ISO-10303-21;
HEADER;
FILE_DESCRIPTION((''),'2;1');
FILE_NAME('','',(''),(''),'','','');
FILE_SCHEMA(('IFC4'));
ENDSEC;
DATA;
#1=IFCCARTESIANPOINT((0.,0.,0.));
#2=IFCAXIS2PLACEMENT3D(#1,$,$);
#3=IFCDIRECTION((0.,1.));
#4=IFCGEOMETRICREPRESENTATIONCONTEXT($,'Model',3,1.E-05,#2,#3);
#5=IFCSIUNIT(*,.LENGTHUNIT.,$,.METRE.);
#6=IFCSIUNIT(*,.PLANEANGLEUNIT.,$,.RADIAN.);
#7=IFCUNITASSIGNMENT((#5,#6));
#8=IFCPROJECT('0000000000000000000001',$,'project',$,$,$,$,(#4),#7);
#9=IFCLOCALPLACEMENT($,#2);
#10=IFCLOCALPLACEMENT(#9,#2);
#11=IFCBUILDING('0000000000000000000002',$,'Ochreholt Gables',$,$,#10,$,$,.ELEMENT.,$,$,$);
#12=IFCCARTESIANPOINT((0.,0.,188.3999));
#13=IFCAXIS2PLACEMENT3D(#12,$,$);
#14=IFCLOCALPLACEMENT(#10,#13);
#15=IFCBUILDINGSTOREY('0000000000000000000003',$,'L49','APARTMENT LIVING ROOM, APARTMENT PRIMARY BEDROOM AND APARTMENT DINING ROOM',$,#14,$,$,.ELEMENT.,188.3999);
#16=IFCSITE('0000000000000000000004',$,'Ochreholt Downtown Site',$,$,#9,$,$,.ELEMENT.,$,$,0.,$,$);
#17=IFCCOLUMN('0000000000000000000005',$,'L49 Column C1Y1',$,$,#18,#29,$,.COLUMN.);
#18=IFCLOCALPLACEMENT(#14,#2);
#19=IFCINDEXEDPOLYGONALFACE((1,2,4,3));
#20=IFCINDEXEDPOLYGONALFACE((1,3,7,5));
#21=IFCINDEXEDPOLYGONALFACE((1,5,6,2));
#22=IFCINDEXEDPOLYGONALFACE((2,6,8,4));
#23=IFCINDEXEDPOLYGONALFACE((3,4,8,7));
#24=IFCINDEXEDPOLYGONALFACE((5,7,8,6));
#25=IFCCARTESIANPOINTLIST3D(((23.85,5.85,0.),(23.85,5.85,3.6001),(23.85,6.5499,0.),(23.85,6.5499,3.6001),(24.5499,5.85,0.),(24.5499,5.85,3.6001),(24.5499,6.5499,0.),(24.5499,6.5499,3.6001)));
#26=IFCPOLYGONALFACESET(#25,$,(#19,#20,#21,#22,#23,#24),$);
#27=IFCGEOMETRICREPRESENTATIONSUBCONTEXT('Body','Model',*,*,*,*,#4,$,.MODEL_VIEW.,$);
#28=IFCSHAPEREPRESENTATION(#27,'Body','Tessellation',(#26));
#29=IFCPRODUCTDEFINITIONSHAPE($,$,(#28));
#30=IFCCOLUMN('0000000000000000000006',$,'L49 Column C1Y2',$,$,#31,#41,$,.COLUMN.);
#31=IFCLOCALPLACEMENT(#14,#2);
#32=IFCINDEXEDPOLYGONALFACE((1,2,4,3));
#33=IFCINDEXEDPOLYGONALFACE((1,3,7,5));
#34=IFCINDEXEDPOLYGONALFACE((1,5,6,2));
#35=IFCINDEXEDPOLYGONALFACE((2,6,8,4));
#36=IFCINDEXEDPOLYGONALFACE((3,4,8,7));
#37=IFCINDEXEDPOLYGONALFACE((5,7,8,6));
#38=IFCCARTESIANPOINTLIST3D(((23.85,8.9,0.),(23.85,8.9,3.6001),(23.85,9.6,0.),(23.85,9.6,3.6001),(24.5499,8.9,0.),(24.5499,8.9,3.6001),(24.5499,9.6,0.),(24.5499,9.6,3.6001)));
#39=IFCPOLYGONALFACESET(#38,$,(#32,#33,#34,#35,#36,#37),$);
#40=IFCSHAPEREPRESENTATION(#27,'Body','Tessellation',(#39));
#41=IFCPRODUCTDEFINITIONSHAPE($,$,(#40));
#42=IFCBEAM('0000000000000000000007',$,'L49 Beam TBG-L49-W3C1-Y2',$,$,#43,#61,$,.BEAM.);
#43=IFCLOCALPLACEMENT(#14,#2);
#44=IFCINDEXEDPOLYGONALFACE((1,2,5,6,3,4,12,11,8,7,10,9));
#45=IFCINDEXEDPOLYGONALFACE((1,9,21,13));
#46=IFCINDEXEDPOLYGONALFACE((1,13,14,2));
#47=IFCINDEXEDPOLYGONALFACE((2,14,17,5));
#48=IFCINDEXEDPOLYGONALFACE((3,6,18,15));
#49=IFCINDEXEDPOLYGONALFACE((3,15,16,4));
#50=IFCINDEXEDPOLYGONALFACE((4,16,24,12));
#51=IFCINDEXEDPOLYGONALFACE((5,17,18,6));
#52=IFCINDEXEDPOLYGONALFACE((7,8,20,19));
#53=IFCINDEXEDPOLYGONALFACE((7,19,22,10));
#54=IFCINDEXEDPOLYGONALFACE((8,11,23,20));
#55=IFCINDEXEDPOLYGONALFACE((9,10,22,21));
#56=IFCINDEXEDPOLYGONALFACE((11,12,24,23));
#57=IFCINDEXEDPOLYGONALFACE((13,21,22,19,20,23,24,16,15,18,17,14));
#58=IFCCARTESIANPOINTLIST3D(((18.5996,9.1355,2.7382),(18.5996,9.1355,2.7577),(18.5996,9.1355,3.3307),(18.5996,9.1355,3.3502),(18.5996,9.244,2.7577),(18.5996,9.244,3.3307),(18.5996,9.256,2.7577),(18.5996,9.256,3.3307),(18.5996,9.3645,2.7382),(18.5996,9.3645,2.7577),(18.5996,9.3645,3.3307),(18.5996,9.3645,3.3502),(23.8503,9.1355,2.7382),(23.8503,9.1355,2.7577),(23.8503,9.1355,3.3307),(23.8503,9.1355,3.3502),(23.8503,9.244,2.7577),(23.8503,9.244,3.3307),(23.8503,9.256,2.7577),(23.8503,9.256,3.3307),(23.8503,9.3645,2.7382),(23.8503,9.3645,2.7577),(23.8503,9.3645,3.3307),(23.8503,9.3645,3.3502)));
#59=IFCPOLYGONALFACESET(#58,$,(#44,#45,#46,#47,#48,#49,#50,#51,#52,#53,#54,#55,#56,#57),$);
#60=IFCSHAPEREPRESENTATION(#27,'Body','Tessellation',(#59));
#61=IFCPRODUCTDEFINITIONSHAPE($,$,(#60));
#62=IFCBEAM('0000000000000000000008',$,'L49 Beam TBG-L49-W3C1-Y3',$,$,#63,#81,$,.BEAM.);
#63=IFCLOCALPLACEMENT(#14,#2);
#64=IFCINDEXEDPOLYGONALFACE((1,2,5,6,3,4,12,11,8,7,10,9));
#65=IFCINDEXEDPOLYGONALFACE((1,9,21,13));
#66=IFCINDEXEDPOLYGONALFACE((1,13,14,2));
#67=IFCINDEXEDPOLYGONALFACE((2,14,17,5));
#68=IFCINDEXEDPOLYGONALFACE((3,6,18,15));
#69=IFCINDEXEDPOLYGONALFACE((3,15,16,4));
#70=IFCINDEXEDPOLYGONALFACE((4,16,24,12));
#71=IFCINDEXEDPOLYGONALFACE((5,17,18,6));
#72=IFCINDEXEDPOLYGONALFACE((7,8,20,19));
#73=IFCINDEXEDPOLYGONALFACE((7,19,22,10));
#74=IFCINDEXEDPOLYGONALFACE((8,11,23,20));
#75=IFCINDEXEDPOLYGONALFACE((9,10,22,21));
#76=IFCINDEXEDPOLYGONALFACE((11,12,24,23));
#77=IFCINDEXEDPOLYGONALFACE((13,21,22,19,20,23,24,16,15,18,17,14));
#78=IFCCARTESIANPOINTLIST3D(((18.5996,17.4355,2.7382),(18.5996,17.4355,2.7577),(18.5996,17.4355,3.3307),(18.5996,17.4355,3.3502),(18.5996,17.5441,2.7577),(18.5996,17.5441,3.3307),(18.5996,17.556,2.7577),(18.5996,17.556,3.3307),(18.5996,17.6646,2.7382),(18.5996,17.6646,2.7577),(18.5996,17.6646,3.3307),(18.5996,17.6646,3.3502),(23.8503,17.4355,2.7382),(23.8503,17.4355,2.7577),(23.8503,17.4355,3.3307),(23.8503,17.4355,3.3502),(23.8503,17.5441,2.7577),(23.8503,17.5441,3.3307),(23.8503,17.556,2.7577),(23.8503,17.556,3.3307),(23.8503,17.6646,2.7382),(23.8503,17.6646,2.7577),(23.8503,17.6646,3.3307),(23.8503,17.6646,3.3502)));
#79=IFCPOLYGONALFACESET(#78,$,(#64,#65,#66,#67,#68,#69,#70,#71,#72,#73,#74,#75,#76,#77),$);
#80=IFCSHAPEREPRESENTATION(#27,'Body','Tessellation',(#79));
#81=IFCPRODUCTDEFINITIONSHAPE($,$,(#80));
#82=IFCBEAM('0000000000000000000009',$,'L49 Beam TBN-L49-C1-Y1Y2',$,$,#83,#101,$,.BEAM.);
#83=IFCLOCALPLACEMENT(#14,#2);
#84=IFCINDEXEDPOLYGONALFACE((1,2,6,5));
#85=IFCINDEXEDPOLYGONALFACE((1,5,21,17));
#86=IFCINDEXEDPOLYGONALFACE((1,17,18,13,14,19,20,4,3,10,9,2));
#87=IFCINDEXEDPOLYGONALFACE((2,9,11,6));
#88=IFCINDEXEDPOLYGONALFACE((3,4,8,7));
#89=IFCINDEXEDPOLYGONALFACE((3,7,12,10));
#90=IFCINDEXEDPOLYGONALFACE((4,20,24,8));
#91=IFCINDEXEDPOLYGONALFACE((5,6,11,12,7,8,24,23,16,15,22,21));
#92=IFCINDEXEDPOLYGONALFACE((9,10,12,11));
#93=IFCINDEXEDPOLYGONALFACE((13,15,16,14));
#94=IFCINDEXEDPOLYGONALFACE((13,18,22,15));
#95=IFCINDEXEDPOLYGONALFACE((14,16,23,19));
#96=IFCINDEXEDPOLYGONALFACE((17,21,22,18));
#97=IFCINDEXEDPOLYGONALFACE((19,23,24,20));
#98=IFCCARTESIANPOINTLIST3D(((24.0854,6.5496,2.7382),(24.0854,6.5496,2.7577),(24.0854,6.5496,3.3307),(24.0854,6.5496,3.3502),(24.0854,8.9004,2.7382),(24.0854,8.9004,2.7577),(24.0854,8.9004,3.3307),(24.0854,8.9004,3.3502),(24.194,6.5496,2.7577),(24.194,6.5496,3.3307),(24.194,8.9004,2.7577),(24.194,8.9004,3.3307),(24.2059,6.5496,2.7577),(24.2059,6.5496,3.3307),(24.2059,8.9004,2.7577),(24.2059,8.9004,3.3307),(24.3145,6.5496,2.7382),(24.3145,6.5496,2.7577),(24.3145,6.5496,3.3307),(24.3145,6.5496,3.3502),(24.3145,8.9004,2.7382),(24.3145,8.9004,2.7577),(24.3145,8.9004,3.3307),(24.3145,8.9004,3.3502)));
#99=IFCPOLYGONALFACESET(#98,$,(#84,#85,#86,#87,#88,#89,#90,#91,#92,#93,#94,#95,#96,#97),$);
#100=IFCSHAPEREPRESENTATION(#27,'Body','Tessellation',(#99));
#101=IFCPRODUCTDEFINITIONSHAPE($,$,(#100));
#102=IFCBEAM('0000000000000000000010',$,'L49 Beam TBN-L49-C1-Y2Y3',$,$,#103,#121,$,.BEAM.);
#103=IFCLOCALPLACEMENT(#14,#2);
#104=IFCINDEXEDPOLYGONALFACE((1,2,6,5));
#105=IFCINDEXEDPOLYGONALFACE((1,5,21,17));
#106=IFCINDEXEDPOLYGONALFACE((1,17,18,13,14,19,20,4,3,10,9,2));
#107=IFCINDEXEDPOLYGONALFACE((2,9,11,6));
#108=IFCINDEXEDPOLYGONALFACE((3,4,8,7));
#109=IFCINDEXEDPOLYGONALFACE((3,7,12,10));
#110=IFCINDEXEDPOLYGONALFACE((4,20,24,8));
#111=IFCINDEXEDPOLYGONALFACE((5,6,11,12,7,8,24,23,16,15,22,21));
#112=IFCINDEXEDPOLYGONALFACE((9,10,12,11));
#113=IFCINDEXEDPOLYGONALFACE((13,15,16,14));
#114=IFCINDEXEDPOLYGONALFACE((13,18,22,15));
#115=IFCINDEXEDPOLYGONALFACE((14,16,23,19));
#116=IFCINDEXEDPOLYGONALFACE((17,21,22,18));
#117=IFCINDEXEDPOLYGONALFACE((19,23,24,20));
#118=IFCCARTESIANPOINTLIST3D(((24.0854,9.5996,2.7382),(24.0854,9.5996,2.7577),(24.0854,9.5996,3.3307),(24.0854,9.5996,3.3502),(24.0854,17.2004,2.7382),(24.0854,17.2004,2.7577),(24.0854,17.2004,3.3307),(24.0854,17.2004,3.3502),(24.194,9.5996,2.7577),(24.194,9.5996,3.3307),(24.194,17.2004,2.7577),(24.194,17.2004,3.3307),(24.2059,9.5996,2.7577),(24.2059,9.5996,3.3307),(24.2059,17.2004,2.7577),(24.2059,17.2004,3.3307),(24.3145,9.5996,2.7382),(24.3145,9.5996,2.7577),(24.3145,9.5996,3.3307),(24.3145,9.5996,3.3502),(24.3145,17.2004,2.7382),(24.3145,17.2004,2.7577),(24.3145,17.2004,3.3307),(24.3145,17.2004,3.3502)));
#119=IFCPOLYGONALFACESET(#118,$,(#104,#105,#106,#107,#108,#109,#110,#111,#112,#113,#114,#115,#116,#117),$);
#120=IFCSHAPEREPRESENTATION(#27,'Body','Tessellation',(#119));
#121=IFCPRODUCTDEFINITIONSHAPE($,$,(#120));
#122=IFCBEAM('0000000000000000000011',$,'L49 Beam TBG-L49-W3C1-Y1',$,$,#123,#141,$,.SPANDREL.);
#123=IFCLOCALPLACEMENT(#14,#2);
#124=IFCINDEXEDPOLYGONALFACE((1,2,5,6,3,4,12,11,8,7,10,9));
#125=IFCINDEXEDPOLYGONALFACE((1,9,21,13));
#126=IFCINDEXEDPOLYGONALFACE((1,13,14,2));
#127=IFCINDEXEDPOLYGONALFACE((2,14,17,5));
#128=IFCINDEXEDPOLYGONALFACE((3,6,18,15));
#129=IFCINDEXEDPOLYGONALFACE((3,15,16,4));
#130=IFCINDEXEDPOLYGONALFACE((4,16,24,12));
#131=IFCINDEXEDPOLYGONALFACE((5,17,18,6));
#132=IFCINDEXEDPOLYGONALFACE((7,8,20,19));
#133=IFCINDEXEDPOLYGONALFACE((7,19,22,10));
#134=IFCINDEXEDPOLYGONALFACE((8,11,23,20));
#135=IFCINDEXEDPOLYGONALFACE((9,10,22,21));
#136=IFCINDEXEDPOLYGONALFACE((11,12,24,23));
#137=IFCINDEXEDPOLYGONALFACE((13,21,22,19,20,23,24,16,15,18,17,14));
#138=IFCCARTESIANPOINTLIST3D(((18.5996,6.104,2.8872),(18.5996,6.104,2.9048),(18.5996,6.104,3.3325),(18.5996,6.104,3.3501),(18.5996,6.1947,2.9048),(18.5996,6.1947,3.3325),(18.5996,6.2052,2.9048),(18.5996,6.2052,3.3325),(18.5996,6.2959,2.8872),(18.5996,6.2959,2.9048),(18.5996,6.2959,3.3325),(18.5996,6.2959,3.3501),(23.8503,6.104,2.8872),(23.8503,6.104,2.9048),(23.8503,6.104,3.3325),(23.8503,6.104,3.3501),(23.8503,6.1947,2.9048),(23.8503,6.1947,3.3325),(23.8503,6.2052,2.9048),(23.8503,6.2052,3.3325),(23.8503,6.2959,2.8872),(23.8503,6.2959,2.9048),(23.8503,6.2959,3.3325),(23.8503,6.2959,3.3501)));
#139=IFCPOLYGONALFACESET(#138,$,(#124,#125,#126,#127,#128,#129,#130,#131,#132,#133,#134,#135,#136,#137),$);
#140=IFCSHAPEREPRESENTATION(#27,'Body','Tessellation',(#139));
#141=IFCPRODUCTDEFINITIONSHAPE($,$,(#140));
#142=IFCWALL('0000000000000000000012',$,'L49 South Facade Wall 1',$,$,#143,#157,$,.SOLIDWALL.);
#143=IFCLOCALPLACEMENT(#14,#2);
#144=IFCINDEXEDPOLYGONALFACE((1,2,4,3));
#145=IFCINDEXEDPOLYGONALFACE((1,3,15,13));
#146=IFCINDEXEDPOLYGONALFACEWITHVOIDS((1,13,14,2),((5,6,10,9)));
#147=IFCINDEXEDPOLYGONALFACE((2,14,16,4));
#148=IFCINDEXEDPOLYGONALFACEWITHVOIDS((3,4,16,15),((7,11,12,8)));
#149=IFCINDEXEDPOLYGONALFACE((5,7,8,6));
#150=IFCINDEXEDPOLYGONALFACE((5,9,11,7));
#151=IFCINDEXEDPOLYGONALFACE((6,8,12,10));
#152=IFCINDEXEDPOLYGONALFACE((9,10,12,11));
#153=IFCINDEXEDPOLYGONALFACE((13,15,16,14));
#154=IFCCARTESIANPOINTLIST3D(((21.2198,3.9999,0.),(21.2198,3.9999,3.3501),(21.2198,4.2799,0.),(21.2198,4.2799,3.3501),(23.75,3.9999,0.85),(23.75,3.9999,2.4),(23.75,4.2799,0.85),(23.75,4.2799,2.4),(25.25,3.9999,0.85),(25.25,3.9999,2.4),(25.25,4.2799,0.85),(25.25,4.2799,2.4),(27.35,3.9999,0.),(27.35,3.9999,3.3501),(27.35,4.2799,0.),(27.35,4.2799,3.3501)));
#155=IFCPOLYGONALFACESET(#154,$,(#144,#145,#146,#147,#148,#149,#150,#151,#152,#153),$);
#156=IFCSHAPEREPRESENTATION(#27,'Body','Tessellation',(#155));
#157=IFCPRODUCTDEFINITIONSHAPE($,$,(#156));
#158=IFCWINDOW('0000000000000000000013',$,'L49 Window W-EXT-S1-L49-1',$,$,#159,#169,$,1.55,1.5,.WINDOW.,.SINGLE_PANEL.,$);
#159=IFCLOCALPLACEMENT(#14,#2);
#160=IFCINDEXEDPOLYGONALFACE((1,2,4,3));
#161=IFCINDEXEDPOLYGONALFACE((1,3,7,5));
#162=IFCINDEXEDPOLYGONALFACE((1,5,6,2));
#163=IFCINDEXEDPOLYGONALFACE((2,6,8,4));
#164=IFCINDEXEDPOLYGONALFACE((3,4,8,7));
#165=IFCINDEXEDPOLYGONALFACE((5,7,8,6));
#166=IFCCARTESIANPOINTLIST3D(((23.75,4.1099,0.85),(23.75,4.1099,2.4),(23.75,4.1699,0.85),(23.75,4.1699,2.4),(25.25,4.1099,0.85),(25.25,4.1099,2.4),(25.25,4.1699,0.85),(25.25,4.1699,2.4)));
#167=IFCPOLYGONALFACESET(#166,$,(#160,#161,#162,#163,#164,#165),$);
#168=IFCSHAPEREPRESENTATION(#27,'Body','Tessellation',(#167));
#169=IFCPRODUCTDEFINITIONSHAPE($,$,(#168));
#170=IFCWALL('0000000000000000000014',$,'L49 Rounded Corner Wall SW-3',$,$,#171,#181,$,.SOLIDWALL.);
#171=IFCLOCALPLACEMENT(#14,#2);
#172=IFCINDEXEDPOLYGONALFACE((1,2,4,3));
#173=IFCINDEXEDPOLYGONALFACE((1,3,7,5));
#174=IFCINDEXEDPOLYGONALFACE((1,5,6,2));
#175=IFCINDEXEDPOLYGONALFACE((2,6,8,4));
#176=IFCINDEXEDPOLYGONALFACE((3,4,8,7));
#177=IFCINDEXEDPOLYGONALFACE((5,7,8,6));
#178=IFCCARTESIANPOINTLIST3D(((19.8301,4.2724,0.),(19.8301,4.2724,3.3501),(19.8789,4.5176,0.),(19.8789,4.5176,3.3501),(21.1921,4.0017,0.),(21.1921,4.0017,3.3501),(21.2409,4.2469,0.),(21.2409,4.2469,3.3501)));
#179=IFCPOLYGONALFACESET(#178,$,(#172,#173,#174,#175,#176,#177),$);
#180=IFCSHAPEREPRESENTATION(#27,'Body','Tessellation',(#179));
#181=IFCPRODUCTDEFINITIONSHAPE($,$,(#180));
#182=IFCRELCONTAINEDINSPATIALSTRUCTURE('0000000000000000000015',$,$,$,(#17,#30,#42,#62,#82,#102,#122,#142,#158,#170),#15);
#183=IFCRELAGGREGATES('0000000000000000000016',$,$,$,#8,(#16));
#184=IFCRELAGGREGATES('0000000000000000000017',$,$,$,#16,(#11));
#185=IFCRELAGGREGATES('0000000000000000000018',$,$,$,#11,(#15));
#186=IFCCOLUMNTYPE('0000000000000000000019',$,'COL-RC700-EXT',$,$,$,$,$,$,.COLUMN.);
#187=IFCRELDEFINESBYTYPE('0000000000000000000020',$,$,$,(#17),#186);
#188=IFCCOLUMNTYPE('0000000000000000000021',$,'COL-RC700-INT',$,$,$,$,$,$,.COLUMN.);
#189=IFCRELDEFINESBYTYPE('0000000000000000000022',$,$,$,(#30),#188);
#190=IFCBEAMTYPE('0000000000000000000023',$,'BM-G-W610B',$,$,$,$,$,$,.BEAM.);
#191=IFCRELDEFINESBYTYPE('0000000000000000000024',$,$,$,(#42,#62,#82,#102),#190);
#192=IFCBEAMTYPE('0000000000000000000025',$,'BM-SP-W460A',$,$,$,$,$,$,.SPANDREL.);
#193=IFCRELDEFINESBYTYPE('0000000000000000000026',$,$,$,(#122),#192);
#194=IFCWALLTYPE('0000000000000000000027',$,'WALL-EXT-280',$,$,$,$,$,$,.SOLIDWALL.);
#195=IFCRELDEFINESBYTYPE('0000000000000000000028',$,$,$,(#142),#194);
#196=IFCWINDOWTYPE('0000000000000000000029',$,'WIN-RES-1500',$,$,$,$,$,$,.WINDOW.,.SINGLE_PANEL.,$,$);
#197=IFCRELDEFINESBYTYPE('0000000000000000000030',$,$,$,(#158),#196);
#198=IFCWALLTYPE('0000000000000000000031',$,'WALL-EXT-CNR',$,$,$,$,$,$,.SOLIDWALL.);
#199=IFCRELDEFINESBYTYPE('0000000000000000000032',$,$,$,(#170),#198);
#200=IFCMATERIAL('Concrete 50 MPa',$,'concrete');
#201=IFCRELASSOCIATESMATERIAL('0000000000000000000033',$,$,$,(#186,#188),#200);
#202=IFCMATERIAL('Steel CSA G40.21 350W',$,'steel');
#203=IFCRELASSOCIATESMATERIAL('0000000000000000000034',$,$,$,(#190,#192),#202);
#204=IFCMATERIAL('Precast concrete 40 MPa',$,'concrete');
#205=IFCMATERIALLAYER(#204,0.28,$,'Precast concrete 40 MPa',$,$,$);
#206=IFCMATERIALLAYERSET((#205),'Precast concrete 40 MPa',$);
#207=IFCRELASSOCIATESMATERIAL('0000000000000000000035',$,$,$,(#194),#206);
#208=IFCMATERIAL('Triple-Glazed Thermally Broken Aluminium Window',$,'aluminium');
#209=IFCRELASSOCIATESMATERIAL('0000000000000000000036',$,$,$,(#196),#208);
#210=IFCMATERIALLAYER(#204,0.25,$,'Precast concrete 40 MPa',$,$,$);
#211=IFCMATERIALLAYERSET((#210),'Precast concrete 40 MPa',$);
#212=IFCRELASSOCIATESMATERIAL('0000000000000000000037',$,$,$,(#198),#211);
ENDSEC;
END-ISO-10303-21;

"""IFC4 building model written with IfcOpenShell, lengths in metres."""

from ifc_helpers import new_model, si_unit, direction, frame, frame_2d, origin, origin_2d, place, context, subcontext, project, spatial, rectangle, i_section, extrude, material, layer, layer_set, material_profile, profile_set, type_object, element, fill, save


model = new_model("IFC4")

# Units and contexts
model_context = context("Model", 3, precision=1e-05, world=origin(), true_north=direction((0.0, 1.0)))
body_context = subcontext(model_context, "Body", "Model", "MODEL_VIEW")
ifc_project = project(units=[si_unit("LENGTHUNIT", "METRE"), si_unit("PLANEANGLEUNIT", "RADIAN")], contexts=[model_context])

# Site, building, storey
site_placement = place(None, origin())
site = spatial("IfcSite", under=ifc_project, at=site_placement, Name="Ochreholt Downtown Site", CompositionType="ELEMENT", RefElevation=0.0)
building_placement = place(site_placement, origin())
building = spatial("IfcBuilding", under=site, at=building_placement, Name="Ochreholt Gables", CompositionType="ELEMENT")
storey_placement = place(building_placement, frame((0.0, 0.0, 188.3999)))
storey = spatial("IfcBuildingStorey", under=building, at=storey_placement, Name="L49", Description="APARTMENT LIVING ROOM, APARTMENT PRIMARY BEDROOM AND APARTMENT DINING ROOM", CompositionType="ELEMENT", Elevation=188.3999)

# Columns
ifc_material_1 = material(Name="Concrete 50 MPa", Category="concrete")
ifc_material_profile_1 = material_profile(ifc_material_1, rectangle(XDim=0.7, YDim=0.7, at=origin_2d()), Name="RC700X700")
ifc_profile_set_1 = profile_set([ifc_material_profile_1], Name="Concrete 50 MPa")
column_type_1 = type_object("IfcColumnType", Name="COL-RC700-EXT", PredefinedType="COLUMN", material=ifc_profile_set_1)
column_1_placement = place(storey_placement, frame((24.2, 6.2, 0.0), z_axis=(0.0, 0.0, 1.0), x_axis=(1.0, 0.0, 0.0)))
element("IfcColumn", 1, at=column_1_placement, inside=storey, type_object=column_type_1, Name="L49 Column C1Y1", PredefinedType="COLUMN", context=body_context, shape_type="SweptSolid", body=[
    extrude(rectangle(XDim=0.7, YDim=0.7, at=origin_2d()), origin(), (0.0, 0.0, 1.0), 3.6001),
])
ifc_material_profile_2 = material_profile(ifc_material_1, rectangle(XDim=0.7, YDim=0.7, at=origin_2d()), Name="RC700X700")
ifc_profile_set_2 = profile_set([ifc_material_profile_2], Name="Concrete 50 MPa")
column_type_2 = type_object("IfcColumnType", Name="COL-RC700-INT", PredefinedType="COLUMN", material=ifc_profile_set_2)
column_2_placement = place(storey_placement, frame((24.2, 9.25, 0.0), z_axis=(0.0, 0.0, 1.0), x_axis=(1.0, 0.0, 0.0)))
element("IfcColumn", 2, at=column_2_placement, inside=storey, type_object=column_type_2, Name="L49 Column C1Y2", PredefinedType="COLUMN", context=body_context, shape_type="SweptSolid", body=[
    extrude(rectangle(XDim=0.7, YDim=0.7, at=origin_2d()), origin(), (0.0, 0.0, 1.0), 3.6001),
])

# Beams
ifc_material_2 = material(Name="Steel CSA G40.21 350W", Category="steel")
ifc_material_profile_3 = material_profile(ifc_material_2, i_section(OverallWidth=0.229, OverallDepth=0.6121, WebThickness=0.012, FlangeThickness=0.0195, at=origin_2d()), Name="W610X125")
ifc_profile_set_3 = profile_set([ifc_material_profile_3], Name="Steel CSA G40.21 350W")
beam_type_1 = type_object("IfcBeamType", Name="BM-G-W610B", PredefinedType="BEAM", material=ifc_profile_set_3)
for number, where, z_axis, x_axis, name in (
    (3, (18.5996, 9.25, 3.0442), (1.0, 0.0, 0.0), (0.0, 1.0, 0.0), "L49 Beam TBG-L49-W3C1-Y2"),
    (4, (18.5996, 17.55, 3.0442), (1.0, 0.0, 0.0), (0.0, 1.0, 0.0), "L49 Beam TBG-L49-W3C1-Y3"),
):
    element("IfcBeam", number, at=place(storey_placement, frame(where, z_axis=z_axis, x_axis=x_axis)), inside=storey, type_object=beam_type_1, Name=name, PredefinedType="BEAM", context=body_context, shape_type="SweptSolid", body=[
        extrude(i_section(OverallWidth=0.229, OverallDepth=0.6121, WebThickness=0.012, FlangeThickness=0.0195, at=origin_2d()), origin(), (0.0, 0.0, 1.0), 5.2507),
    ])
beam_1_placement = place(storey_placement, frame((24.2, 6.5496, 3.0442), z_axis=(0.0, 1.0, 0.0), x_axis=(-1.0, 0.0, 0.0)))
element("IfcBeam", 5, at=beam_1_placement, inside=storey, type_object=beam_type_1, Name="L49 Beam TBN-L49-C1-Y1Y2", PredefinedType="BEAM", context=body_context, shape_type="SweptSolid", body=[
    extrude(i_section(OverallWidth=0.229, OverallDepth=0.6121, WebThickness=0.012, FlangeThickness=0.0195, at=origin_2d()), origin(), (0.0, 0.0, 1.0), 2.3508),
])
beam_2_placement = place(storey_placement, frame((24.2, 9.5996, 3.0442), z_axis=(0.0, 1.0, 0.0), x_axis=(-1.0, 0.0, 0.0)))
element("IfcBeam", 6, at=beam_2_placement, inside=storey, type_object=beam_type_1, Name="L49 Beam TBN-L49-C1-Y2Y3", PredefinedType="BEAM", context=body_context, shape_type="SweptSolid", body=[
    extrude(i_section(OverallWidth=0.229, OverallDepth=0.6121, WebThickness=0.012, FlangeThickness=0.0195, at=origin_2d()), origin(), (0.0, 0.0, 1.0), 7.6008),
])
ifc_material_profile_4 = material_profile(ifc_material_2, i_section(OverallWidth=0.1919, OverallDepth=0.4629, WebThickness=0.0105, FlangeThickness=0.0176, at=origin_2d()), Name="W460X89")
ifc_profile_set_4 = profile_set([ifc_material_profile_4], Name="Steel CSA G40.21 350W")
beam_type_2 = type_object("IfcBeamType", Name="BM-SP-W460A", PredefinedType="SPANDREL", material=ifc_profile_set_4)
beam_3_placement = place(storey_placement, frame((18.5996, 6.2, 3.1187), z_axis=(1.0, 0.0, 0.0), x_axis=(0.0, 1.0, 0.0)))
element("IfcBeam", 7, at=beam_3_placement, inside=storey, type_object=beam_type_2, Name="L49 Beam TBG-L49-W3C1-Y1", PredefinedType="SPANDREL", context=body_context, shape_type="SweptSolid", body=[
    extrude(i_section(OverallWidth=0.1919, OverallDepth=0.4629, WebThickness=0.0105, FlangeThickness=0.0176, at=origin_2d()), origin(), (0.0, 0.0, 1.0), 5.2507),
])

# Wall, opening, window
ifc_material_3 = material(Name="Precast concrete 40 MPa", Category="concrete")
ifc_layer_1 = layer(ifc_material_3, 0.28, Name="Precast concrete 40 MPa")
ifc_layer_set_1 = layer_set([ifc_layer_1], Name="Precast concrete 40 MPa")
wall_type_1 = type_object("IfcWallType", Name="WALL-EXT-280", PredefinedType="SOLIDWALL", material=ifc_layer_set_1)
wall_1_placement = place(storey_placement, frame((21.22, 4.1399, 0.0), z_axis=(0.0, 0.0, 1.0), x_axis=(1.0, 0.0, 0.0)))
wall_1 = element("IfcWall", 8, at=wall_1_placement, inside=storey, type_object=wall_type_1, Name="L49 South Facade Wall 1", PredefinedType="SOLIDWALL", context=body_context, shape_type="SweptSolid", body=[
    extrude(rectangle(XDim=6.1301, YDim=0.28, at=frame_2d((3.0649, 0.0))), origin(), (0.0, 0.0, 1.0), 3.3501),
])
opening_1_placement = place(wall_1_placement, frame((2.53, 0.0, 0.8501)))
opening_1 = element("IfcOpeningElement", 9, at=opening_1_placement, cuts=wall_1, PredefinedType="OPENING", context=body_context, shape_type="SweptSolid", body=[
    extrude(rectangle(XDim=1.5, YDim=1.55, at=frame_2d((0.75, 0.7749))), frame((0.0, 0.1499, 0.0), z_axis=(0.0, -1.0, 0.0), x_axis=(1.0, 0.0, 0.0)), (0.0, 0.0, 1.0), 0.3),
])
ifc_material_4 = material(Name="Triple-Glazed Thermally Broken Aluminium Window", Category="aluminium")
window_type = type_object("IfcWindowType", Name="WIN-RES-1500", PartitioningType="SINGLE_PANEL", PredefinedType="WINDOW", material=ifc_material_4)
window_placement = place(opening_1_placement, origin())
window = element("IfcWindow", 10, at=window_placement, inside=storey, type_object=window_type, Name="L49 Window W-EXT-S1-L49-1", OverallHeight=1.55, OverallWidth=1.5, PartitioningType="SINGLE_PANEL", PredefinedType="WINDOW", context=body_context, shape_type="SweptSolid", body=[
    extrude(rectangle(XDim=1.5, YDim=1.55, at=frame_2d((0.75, 0.7749))), frame((0.0, 0.03, 0.0), z_axis=(0.0, -1.0, 0.0), x_axis=(1.0, 0.0, 0.0)), (0.0, 0.0, 1.0), 0.0601),
])
fill(opening_1, window)

# Wall
ifc_layer_2 = layer(ifc_material_3, 0.25, Name="Precast concrete 40 MPa")
ifc_layer_set_2 = layer_set([ifc_layer_2], Name="Precast concrete 40 MPa")
wall_type_2 = type_object("IfcWallType", Name="WALL-EXT-CNR", PredefinedType="SOLIDWALL", material=ifc_layer_set_2)
wall_2_placement = place(storey_placement, frame((19.8545, 4.395, 0.0), z_axis=(0.0, 0.0, 1.0), x_axis=(0.98081, -0.194967, 0.0)))
element("IfcWall", 11, at=wall_2_placement, inside=storey, type_object=wall_type_2, Name="L49 Rounded Corner Wall SW-3", PredefinedType="SOLIDWALL", context=body_context, shape_type="SweptSolid", body=[
    extrude(rectangle(XDim=1.3887, YDim=0.25, at=frame_2d((0.6943, 0.0))), origin(), (0.0, 0.0, 1.0), 3.3501),
])

save(model, "model.ifc")
